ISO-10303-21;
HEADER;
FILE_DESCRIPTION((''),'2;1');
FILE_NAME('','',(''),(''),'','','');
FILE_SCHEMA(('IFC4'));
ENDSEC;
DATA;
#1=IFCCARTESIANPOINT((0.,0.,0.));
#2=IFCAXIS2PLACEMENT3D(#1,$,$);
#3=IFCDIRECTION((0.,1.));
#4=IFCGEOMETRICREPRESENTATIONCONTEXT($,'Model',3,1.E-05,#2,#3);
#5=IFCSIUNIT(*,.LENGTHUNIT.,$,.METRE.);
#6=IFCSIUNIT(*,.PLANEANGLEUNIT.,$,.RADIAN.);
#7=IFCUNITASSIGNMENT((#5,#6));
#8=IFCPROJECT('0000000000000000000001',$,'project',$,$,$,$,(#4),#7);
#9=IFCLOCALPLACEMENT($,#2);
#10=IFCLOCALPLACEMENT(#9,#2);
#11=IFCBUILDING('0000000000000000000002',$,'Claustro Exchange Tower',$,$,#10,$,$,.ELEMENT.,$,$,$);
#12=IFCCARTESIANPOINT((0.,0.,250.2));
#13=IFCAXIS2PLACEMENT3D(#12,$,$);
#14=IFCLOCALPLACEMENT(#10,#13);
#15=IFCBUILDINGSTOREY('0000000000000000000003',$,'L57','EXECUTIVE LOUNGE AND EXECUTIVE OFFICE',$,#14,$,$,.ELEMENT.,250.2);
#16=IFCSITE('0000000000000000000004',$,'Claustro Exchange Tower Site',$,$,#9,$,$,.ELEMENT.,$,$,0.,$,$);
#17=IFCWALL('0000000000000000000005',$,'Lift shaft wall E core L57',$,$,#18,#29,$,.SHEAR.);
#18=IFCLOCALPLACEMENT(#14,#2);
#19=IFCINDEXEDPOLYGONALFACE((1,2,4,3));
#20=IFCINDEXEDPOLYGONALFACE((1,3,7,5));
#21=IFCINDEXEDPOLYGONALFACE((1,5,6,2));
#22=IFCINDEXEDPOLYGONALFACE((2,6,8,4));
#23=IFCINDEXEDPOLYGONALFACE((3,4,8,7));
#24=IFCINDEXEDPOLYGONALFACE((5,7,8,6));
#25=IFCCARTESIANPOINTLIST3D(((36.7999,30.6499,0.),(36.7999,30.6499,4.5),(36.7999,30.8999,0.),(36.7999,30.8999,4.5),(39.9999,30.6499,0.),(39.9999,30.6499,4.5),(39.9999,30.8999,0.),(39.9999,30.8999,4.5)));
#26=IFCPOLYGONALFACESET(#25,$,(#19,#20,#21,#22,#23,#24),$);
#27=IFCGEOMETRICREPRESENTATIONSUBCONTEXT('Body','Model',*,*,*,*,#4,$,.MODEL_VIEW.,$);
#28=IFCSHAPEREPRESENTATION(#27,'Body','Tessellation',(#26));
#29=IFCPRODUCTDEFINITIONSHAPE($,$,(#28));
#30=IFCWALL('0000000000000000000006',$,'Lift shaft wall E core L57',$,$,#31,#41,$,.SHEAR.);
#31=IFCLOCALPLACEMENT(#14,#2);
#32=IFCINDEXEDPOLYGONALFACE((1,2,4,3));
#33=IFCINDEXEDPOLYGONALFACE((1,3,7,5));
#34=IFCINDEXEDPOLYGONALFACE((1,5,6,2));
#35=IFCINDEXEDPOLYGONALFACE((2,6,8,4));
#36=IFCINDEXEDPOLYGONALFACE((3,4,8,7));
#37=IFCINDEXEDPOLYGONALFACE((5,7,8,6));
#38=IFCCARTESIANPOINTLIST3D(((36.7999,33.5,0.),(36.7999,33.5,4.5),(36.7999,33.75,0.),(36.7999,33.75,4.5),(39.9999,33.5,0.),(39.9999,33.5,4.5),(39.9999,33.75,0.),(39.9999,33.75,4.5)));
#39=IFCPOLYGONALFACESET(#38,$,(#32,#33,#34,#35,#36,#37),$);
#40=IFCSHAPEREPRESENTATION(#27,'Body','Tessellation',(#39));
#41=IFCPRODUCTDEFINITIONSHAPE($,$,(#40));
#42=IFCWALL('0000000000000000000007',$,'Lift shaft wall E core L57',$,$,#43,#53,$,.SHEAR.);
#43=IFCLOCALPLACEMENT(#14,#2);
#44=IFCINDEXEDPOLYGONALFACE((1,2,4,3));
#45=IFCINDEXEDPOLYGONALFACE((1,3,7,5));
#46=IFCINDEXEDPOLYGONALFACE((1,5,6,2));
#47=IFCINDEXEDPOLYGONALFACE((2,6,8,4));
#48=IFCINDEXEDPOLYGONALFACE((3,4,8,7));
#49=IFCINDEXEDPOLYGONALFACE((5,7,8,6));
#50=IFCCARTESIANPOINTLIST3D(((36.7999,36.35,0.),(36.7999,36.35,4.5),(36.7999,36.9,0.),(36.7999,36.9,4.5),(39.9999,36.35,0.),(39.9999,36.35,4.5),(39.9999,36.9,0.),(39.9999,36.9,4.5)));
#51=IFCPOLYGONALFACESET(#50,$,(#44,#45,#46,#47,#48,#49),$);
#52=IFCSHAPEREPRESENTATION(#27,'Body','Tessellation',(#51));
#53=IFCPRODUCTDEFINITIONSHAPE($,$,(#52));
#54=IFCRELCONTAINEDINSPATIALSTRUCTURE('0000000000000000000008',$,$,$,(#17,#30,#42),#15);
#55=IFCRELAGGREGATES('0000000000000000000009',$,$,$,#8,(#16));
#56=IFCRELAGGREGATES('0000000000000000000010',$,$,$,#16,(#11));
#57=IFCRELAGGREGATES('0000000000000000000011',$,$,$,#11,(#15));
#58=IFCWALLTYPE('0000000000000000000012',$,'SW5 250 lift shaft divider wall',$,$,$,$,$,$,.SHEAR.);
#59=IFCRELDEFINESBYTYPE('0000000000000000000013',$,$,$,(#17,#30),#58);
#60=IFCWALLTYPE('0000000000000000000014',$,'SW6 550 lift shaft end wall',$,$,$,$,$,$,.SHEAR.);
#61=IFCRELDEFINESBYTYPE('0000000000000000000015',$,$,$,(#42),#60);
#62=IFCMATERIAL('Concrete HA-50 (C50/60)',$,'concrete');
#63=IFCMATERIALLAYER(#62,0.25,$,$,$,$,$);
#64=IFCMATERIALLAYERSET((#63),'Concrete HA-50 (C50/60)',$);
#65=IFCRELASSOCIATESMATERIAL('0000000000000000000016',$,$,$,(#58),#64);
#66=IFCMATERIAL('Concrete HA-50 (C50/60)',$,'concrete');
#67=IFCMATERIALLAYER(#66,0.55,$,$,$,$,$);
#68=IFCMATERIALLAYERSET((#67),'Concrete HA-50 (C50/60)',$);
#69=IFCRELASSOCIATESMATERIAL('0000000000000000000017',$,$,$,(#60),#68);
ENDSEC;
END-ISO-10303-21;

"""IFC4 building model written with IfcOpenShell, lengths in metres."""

from ifc_helpers import new_model, si_unit, direction, frame, frame_2d, origin, place, context, subcontext, project, spatial, rectangle, extrude, material, layer, layer_set, type_object, element, save


model = new_model("IFC4")

# Units and contexts
model_context = context("Model", 3, precision=1e-05, world=origin(), true_north=direction((0.0, 1.0)))
body_context = subcontext(model_context, "Body", "Model", "MODEL_VIEW")
ifc_project = project(units=[si_unit("LENGTHUNIT", "METRE"), si_unit("PLANEANGLEUNIT", "RADIAN")], contexts=[model_context])

# Site, building, storey
site_placement = place(None, origin())
site = spatial("IfcSite", under=ifc_project, at=site_placement, Name="Claustro Exchange Tower Site", CompositionType="ELEMENT", RefElevation=0.0)
building_placement = place(site_placement, origin())
building = spatial("IfcBuilding", under=site, at=building_placement, Name="Claustro Exchange Tower", CompositionType="ELEMENT")
storey_placement = place(building_placement, frame((0.0, 0.0, 250.2)))
storey = spatial("IfcBuildingStorey", under=building, at=storey_placement, Name="L57", Description="EXECUTIVE LOUNGE AND EXECUTIVE OFFICE", CompositionType="ELEMENT", Elevation=250.2)

# Walls
ifc_material_1 = material(Name="Concrete HA-50 (C50/60)", Category="concrete")
ifc_layer_1 = layer(ifc_material_1, 0.25)
ifc_layer_set_1 = layer_set([ifc_layer_1], Name="Concrete HA-50 (C50/60)")
wall_type_1 = type_object("IfcWallType", Name="SW5 250 lift shaft divider wall", PredefinedType="SHEAR", material=ifc_layer_set_1)
for number, where, z_axis, x_axis, name in (
    (1, (40.0, 30.7749, 0.0), (0.0, 0.0, 1.0), (-1.0, 0.0, 0.0), "Lift shaft wall E core L57"),
    (2, (40.0, 33.625, 0.0), (0.0, 0.0, 1.0), (-1.0, 0.0, 0.0), "Lift shaft wall E core L57"),
):
    element("IfcWall", number, at=place(storey_placement, frame(where, z_axis=z_axis, x_axis=x_axis)), inside=storey, type_object=wall_type_1, Name=name, PredefinedType="SHEAR", context=body_context, shape_type="SweptSolid", body=[
        extrude(rectangle(XDim=3.2, YDim=0.25, at=frame_2d((1.6001, 0.0))), origin(), (0.0, 0.0, 1.0), 4.5),
    ])
ifc_material_2 = material(Name="Concrete HA-50 (C50/60)", Category="concrete")
ifc_layer_2 = layer(ifc_material_2, 0.55)
ifc_layer_set_2 = layer_set([ifc_layer_2], Name="Concrete HA-50 (C50/60)")
wall_type_2 = type_object("IfcWallType", Name="SW6 550 lift shaft end wall", PredefinedType="SHEAR", material=ifc_layer_set_2)
wall_1_placement = place(storey_placement, frame((40.0, 36.625, 0.0), z_axis=(0.0, 0.0, 1.0), x_axis=(-1.0, 0.0, 0.0)))
element("IfcWall", 3, at=wall_1_placement, inside=storey, type_object=wall_type_2, Name="Lift shaft wall E core L57", PredefinedType="SHEAR", context=body_context, shape_type="SweptSolid", body=[
    extrude(rectangle(XDim=3.2, YDim=0.55, at=frame_2d((1.6001, 0.0))), origin(), (0.0, 0.0, 1.0), 4.5),
])

save(model, "model.ifc")
